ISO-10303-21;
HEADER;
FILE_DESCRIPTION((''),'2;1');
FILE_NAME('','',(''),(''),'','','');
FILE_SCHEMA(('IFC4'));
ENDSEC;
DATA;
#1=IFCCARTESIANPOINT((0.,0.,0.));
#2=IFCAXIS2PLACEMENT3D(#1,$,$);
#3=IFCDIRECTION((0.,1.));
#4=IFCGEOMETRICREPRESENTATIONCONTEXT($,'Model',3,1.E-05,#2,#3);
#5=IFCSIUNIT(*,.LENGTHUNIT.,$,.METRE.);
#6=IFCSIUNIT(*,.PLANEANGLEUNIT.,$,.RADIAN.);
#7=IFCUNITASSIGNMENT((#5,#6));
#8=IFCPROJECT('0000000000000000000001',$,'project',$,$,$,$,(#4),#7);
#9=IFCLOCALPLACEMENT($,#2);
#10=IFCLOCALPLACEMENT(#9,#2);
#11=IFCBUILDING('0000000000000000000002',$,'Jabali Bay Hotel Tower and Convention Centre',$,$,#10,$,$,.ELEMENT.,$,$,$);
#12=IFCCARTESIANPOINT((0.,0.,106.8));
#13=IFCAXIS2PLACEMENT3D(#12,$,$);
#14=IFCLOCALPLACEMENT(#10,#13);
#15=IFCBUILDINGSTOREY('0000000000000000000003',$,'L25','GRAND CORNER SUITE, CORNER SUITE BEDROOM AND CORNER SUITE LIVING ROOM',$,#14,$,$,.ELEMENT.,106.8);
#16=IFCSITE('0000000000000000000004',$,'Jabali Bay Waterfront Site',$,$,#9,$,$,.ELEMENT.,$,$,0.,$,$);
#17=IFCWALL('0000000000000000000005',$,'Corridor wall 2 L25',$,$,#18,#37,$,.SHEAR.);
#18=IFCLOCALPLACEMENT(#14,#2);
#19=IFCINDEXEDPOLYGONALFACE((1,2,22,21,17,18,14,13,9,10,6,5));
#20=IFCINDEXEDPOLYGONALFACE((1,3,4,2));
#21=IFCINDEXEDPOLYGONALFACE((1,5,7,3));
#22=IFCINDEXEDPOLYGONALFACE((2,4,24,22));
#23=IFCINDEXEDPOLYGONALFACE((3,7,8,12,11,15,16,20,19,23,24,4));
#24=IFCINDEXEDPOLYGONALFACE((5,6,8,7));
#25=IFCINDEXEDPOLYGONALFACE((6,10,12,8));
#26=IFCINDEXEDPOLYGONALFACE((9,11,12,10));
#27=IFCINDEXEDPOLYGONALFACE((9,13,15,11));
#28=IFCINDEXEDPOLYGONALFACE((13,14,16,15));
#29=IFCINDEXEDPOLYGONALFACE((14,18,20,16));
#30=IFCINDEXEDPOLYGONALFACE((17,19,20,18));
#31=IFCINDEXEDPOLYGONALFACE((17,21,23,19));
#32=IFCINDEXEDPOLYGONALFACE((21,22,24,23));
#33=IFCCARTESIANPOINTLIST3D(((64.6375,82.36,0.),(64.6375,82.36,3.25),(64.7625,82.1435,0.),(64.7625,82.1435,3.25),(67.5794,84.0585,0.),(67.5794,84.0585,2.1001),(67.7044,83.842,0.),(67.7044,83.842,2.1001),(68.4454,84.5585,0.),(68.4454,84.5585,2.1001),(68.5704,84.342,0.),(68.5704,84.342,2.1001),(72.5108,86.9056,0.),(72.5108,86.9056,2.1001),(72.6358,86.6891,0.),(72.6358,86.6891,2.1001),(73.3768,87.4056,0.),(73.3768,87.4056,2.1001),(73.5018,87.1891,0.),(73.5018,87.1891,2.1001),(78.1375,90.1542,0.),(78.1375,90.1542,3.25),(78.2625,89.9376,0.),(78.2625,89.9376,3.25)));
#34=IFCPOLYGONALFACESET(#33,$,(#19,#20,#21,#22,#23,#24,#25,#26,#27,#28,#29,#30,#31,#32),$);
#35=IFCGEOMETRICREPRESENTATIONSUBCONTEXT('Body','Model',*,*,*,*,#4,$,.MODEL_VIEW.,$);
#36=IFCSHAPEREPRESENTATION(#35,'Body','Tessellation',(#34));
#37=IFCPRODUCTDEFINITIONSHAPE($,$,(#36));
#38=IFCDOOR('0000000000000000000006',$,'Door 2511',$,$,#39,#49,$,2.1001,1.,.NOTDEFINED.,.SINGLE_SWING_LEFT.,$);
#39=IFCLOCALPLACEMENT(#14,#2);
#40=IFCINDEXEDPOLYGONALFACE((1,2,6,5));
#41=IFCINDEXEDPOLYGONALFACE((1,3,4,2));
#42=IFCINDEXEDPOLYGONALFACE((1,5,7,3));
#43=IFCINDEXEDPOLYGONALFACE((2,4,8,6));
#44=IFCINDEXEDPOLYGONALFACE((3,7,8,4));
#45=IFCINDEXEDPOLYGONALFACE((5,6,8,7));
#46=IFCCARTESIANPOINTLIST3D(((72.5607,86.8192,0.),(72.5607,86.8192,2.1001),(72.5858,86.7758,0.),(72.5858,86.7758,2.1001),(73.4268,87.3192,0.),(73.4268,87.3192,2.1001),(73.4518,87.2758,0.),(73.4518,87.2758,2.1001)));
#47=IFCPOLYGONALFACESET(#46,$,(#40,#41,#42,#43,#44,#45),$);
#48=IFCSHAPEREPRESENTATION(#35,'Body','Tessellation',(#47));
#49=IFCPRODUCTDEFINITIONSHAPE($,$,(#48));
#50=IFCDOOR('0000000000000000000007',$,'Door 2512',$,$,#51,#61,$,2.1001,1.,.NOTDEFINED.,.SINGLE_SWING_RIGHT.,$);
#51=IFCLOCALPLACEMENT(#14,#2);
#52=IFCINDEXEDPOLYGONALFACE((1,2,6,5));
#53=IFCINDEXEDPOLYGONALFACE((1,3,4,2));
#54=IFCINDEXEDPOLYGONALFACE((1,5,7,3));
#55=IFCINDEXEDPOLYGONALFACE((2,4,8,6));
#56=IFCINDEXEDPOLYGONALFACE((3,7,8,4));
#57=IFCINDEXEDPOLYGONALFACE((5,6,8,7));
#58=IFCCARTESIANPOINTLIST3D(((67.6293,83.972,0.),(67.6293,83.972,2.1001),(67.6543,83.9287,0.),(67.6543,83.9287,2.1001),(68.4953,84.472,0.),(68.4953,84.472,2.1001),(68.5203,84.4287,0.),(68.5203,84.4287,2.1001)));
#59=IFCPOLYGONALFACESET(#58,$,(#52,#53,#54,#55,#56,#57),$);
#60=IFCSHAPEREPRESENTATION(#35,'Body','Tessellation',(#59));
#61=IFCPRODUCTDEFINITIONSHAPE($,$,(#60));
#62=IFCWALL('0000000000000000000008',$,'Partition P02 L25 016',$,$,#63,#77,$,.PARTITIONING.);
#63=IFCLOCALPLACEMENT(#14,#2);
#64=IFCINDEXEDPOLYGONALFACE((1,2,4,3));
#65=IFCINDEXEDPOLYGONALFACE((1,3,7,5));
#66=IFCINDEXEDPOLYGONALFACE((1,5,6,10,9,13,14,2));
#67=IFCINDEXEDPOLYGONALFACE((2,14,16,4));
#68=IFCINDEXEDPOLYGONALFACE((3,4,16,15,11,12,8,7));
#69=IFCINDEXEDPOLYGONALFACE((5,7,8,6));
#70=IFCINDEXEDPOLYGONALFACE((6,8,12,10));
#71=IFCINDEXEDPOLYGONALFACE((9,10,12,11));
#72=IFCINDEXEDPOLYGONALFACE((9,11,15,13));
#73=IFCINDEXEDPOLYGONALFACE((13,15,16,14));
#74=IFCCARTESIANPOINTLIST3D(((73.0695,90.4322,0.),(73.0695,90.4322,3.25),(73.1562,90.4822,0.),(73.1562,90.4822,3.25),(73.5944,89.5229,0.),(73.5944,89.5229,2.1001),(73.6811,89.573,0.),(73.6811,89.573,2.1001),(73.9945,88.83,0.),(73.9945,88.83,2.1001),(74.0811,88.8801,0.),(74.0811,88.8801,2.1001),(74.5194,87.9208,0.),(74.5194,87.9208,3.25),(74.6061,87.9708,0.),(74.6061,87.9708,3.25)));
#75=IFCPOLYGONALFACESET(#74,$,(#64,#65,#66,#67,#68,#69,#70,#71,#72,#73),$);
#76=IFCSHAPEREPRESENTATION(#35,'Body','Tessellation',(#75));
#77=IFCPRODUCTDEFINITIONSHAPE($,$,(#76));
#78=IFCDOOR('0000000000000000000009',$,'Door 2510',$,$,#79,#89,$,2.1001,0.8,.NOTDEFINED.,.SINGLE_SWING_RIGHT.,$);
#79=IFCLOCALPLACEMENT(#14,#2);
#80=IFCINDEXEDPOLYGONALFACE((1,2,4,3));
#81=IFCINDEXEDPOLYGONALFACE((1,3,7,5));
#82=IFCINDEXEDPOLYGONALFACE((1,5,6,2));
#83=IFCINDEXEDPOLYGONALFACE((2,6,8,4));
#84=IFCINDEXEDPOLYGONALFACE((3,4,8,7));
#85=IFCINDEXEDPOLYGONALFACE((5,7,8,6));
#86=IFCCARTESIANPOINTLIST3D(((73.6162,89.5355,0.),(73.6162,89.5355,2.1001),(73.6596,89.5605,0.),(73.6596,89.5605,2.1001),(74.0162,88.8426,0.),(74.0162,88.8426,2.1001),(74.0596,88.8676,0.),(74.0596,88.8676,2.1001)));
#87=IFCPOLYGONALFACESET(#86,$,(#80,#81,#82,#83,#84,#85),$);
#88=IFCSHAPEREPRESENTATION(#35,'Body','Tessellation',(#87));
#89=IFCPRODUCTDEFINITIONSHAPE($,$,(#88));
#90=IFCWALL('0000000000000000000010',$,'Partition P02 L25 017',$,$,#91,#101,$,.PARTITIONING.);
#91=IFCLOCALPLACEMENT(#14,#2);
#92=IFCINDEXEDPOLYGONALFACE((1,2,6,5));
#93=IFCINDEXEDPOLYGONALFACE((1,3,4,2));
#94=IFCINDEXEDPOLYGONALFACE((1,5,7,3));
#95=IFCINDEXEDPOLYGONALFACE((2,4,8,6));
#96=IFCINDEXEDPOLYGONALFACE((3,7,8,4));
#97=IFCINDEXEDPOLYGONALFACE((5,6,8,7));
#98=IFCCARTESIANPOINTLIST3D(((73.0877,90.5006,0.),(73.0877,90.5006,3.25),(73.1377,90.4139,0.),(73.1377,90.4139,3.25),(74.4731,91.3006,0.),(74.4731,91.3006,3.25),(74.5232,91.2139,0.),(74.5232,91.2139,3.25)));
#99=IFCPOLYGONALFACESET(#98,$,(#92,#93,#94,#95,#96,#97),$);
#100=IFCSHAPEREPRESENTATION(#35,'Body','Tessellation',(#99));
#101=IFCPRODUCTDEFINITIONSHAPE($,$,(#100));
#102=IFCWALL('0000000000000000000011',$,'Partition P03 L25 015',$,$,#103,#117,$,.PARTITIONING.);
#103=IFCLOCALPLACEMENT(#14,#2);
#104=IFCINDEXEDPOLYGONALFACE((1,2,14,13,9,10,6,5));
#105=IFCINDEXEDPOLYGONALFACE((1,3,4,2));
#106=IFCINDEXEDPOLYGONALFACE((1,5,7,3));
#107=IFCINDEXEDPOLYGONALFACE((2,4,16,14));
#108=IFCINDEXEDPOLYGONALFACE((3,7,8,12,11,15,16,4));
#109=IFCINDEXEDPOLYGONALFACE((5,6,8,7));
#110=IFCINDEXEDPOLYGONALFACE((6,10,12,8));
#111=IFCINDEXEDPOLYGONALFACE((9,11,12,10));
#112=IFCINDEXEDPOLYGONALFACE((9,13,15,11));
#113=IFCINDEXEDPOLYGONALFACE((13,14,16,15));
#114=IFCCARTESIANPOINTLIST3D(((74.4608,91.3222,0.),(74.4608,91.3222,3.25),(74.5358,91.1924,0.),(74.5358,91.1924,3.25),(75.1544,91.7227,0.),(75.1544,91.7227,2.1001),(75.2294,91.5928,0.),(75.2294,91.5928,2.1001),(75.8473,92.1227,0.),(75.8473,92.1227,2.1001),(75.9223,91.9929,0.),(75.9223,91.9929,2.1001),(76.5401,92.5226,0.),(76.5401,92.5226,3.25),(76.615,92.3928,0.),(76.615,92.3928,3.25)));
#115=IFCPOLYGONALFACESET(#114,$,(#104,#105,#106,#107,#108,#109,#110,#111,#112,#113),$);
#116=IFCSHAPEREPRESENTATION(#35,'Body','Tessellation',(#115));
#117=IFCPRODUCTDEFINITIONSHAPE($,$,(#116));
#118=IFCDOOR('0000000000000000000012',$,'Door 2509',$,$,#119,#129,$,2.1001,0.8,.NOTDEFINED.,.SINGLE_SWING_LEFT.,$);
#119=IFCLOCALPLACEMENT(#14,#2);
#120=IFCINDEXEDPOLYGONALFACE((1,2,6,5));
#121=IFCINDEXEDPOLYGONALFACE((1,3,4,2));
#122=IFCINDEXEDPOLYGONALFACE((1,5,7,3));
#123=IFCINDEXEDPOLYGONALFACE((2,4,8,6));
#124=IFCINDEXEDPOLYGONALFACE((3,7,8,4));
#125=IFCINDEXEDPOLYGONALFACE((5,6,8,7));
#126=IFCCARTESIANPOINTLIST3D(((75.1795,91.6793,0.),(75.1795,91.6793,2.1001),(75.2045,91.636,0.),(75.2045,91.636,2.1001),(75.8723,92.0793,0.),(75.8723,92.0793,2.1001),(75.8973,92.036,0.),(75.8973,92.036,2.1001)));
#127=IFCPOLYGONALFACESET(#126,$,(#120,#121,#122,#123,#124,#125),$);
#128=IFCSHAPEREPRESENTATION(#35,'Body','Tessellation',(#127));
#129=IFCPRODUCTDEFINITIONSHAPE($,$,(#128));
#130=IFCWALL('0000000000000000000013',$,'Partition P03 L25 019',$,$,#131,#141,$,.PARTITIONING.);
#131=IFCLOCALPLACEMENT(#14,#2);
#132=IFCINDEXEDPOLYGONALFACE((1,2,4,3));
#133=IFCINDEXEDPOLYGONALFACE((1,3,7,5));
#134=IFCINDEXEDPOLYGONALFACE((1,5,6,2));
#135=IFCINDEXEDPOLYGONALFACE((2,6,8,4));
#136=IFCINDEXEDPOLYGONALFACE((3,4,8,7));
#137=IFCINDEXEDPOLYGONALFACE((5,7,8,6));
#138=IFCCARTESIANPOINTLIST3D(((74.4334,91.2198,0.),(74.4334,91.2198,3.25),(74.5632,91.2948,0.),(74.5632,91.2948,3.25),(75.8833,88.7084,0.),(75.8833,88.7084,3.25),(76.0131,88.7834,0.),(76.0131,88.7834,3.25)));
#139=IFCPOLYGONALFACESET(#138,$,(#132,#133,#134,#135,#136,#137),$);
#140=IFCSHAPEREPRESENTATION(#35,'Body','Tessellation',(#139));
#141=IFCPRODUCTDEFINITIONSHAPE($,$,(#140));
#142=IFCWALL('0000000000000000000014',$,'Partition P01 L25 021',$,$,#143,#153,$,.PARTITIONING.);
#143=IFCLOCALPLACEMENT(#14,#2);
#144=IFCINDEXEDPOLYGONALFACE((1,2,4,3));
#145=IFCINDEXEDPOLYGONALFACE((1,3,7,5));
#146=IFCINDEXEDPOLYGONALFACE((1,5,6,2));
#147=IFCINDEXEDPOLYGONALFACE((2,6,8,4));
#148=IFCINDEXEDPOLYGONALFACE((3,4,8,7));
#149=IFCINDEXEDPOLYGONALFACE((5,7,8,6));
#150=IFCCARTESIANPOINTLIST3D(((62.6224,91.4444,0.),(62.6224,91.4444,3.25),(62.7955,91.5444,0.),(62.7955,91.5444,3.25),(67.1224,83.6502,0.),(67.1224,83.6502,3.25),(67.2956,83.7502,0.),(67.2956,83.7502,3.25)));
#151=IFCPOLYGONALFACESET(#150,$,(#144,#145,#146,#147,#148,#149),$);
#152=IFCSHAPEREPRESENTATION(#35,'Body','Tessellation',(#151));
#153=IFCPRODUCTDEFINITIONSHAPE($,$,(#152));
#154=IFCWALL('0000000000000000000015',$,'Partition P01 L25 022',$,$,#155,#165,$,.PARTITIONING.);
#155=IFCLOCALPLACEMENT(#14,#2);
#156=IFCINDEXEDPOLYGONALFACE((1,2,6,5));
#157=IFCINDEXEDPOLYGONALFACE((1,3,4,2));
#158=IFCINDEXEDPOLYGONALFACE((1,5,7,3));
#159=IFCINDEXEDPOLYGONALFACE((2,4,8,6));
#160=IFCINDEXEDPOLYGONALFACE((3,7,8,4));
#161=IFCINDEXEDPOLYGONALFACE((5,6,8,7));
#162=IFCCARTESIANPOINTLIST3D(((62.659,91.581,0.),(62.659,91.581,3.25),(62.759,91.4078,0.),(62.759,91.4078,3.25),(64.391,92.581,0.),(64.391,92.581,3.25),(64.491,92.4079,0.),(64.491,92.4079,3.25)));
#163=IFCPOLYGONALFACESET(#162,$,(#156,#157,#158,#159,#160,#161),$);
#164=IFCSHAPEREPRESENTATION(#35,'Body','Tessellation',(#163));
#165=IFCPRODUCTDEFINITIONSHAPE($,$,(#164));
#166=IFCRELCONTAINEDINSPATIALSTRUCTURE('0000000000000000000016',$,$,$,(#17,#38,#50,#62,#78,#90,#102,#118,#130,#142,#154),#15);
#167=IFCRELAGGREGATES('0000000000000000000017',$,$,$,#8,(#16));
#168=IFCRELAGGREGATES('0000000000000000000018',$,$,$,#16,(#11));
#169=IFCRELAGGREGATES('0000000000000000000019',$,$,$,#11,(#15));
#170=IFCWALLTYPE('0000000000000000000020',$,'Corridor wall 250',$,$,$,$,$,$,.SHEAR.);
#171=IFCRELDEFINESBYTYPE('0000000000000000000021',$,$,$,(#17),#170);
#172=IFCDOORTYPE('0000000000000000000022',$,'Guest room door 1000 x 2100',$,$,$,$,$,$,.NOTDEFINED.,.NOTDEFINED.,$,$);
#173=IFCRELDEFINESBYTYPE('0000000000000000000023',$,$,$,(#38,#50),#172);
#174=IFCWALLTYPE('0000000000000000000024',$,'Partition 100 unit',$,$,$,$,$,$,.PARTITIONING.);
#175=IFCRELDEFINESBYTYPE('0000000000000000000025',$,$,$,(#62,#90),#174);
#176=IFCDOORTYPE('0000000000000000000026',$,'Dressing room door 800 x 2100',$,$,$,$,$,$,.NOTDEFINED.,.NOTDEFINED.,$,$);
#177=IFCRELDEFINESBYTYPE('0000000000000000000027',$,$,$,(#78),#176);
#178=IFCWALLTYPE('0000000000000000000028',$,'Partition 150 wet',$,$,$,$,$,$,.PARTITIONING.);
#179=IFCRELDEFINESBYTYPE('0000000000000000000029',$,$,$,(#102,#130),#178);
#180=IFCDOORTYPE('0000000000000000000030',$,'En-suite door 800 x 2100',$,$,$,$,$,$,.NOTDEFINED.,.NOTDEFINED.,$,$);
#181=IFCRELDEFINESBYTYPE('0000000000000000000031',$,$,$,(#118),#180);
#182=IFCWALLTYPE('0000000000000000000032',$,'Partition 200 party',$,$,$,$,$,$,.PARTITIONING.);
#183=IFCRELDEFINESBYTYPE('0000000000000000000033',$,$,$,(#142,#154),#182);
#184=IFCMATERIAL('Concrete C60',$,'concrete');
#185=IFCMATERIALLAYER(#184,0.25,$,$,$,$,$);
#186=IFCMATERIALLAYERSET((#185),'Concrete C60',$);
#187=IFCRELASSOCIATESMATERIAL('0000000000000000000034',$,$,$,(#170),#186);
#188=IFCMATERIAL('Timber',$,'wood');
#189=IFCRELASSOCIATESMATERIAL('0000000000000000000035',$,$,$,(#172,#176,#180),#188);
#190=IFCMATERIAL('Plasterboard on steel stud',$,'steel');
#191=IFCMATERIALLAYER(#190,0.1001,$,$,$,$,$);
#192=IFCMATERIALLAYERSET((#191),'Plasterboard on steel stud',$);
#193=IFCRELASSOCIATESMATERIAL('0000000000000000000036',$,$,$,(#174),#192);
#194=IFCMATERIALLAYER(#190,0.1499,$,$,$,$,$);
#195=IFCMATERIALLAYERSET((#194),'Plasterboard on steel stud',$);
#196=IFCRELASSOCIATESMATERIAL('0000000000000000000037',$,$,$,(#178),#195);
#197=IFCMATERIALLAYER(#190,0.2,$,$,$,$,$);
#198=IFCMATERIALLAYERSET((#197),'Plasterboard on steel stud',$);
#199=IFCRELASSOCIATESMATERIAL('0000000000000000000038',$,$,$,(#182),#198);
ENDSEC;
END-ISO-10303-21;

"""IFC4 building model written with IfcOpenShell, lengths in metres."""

from ifc_helpers import new_model, si_unit, direction, frame, frame_2d, origin, place, context, subcontext, project, spatial, rectangle, extrude, material, layer, layer_set, type_object, element, fill, save


model = new_model("IFC4")

# Units and contexts
model_context = context("Model", 3, precision=1e-05, world=origin(), true_north=direction((0.0, 1.0)))
body_context = subcontext(model_context, "Body", "Model", "MODEL_VIEW")
ifc_project = project(units=[si_unit("LENGTHUNIT", "METRE"), si_unit("PLANEANGLEUNIT", "RADIAN")], contexts=[model_context])

# Site, building, storey
site_placement = place(None, origin())
site = spatial("IfcSite", under=ifc_project, at=site_placement, Name="Jabali Bay Waterfront Site", CompositionType="ELEMENT", RefElevation=0.0)
building_placement = place(site_placement, origin())
building = spatial("IfcBuilding", under=site, at=building_placement, Name="Jabali Bay Hotel Tower and Convention Centre", CompositionType="ELEMENT")
storey_placement = place(building_placement, frame((0.0, 0.0, 106.8)))
storey = spatial("IfcBuildingStorey", under=building, at=storey_placement, Name="L25", Description="GRAND CORNER SUITE, CORNER SUITE BEDROOM AND CORNER SUITE LIVING ROOM", CompositionType="ELEMENT", Elevation=106.8)

# Shared definitions
ifc_material_1 = material(Name="Concrete C60", Category="concrete")

# Wall, openings, doors
ifc_layer_1 = layer(ifc_material_1, 0.25)
ifc_layer_set_1 = layer_set([ifc_layer_1], Name="Concrete C60")
wall_type_1 = type_object("IfcWallType", Name="Corridor wall 250", PredefinedType="SHEAR", material=ifc_layer_set_1)
wall_1_placement = place(storey_placement, frame((78.2, 90.0459, 0.0), z_axis=(0.0, 0.0, 1.0), x_axis=(-0.866026, -0.499998, 0.0)))
wall_1 = element("IfcWall", 1, at=wall_1_placement, inside=storey, type_object=wall_type_1, Name="Corridor wall 2 L25", PredefinedType="SHEAR", context=body_context, shape_type="SweptSolid", body=[
    extrude(rectangle(XDim=15.5884, YDim=0.25, at=frame_2d((7.7942, 0.0))), origin(), (0.0, 0.0, 1.0), 3.25),
])
opening_1_placement = place(wall_1_placement, frame((5.4971, 0.0, 0.0)))
opening_1 = element("IfcOpeningElement", 2, at=opening_1_placement, cuts=wall_1, PredefinedType="OPENING", context=body_context, shape_type="SweptSolid", body=[
    extrude(rectangle(XDim=1.0, YDim=2.1001, at=frame_2d((0.5, 1.05))), frame((0.0, 0.1355, 0.0), z_axis=(0.0, -1.0, 0.0), x_axis=(1.0, 0.0, 0.0)), (0.0, 0.0, 1.0), 0.271),
])
opening_2_placement = place(wall_1_placement, frame((11.1914, 0.0, 0.0)))
opening_2 = element("IfcOpeningElement", 3, at=opening_2_placement, cuts=wall_1, PredefinedType="OPENING", context=body_context, shape_type="SweptSolid", body=[
    extrude(rectangle(XDim=1.0, YDim=2.1001, at=frame_2d((0.5, 1.05))), frame((0.0, 0.1355, 0.0), z_axis=(0.0, -1.0, 0.0), x_axis=(1.0, 0.0, 0.0)), (0.0, 0.0, 1.0), 0.271),
])
ifc_material_2 = material(Name="Timber", Category="wood")
door_type_1 = type_object("IfcDoorType", Name="Guest room door 1000 x 2100", OperationType="NOTDEFINED", PredefinedType="NOTDEFINED", material=ifc_material_2)
door_1_placement = place(opening_1_placement, origin())
door_1 = element("IfcDoor", 4, at=door_1_placement, inside=storey, type_object=door_type_1, Name="Door 2511", OperationType="SINGLE_SWING_LEFT", OverallHeight=2.1001, OverallWidth=1.0, PredefinedType="NOTDEFINED", context=body_context, shape_type="SweptSolid", body=[
    extrude(rectangle(XDim=1.0, YDim=2.1001, at=frame_2d((0.5, 1.05))), frame((0.0, 0.0249, 0.0), z_axis=(0.0, -1.0, 0.0), x_axis=(1.0, 0.0, 0.0)), (0.0, 0.0, 1.0), 0.05),
])
fill(opening_1, door_1)
door_2_placement = place(opening_2_placement, origin())
door_2 = element("IfcDoor", 5, at=door_2_placement, inside=storey, type_object=door_type_1, Name="Door 2512", OperationType="SINGLE_SWING_RIGHT", OverallHeight=2.1001, OverallWidth=1.0, PredefinedType="NOTDEFINED", context=body_context, shape_type="SweptSolid", body=[
    extrude(rectangle(XDim=1.0, YDim=2.1001, at=frame_2d((0.5, 1.05))), frame((0.0, 0.0249, 0.0), z_axis=(0.0, -1.0, 0.0), x_axis=(1.0, 0.0, 0.0)), (0.0, 0.0, 1.0), 0.05),
])
fill(opening_2, door_2)

# Wall, opening, door
ifc_material_3 = material(Name="Plasterboard on steel stud", Category="steel")
ifc_layer_2 = layer(ifc_material_3, 0.1001)
ifc_layer_set_2 = layer_set([ifc_layer_2], Name="Plasterboard on steel stud")
wall_type_2 = type_object("IfcWallType", Name="Partition 100 unit", PredefinedType="PARTITIONING", material=ifc_layer_set_2)
wall_2_placement = place(storey_placement, frame((74.5627, 87.9458, 0.0), z_axis=(0.0, 0.0, 1.0), x_axis=(-0.499987, 0.866033, 0.0)))
wall_2 = element("IfcWall", 6, at=wall_2_placement, inside=storey, type_object=wall_type_2, Name="Partition P02 L25 016", PredefinedType="PARTITIONING", context=body_context, shape_type="SweptSolid", body=[
    extrude(rectangle(XDim=2.8999, YDim=0.1001, at=frame_2d((1.45, 0.0))), origin(), (0.0, 0.0, 1.0), 3.25),
])
opening_3_placement = place(wall_2_placement, frame((1.05, 0.0, 0.0)))
opening_3 = element("IfcOpeningElement", 7, at=opening_3_placement, cuts=wall_2, PredefinedType="OPENING", context=body_context, shape_type="SweptSolid", body=[
    extrude(rectangle(XDim=0.8, YDim=2.1001, at=frame_2d((0.3999, 1.05))), frame((0.0, 0.0605, 0.0), z_axis=(0.0, -1.0, 0.0), x_axis=(1.0, 0.0, 0.0)), (0.0, 0.0, 1.0), 0.1211),
])
door_type_2 = type_object("IfcDoorType", Name="Dressing room door 800 x 2100", OperationType="NOTDEFINED", PredefinedType="NOTDEFINED", material=ifc_material_2)
door_3_placement = place(opening_3_placement, origin())
door_3 = element("IfcDoor", 8, at=door_3_placement, inside=storey, type_object=door_type_2, Name="Door 2510", OperationType="SINGLE_SWING_RIGHT", OverallHeight=2.1001, OverallWidth=0.8, PredefinedType="NOTDEFINED", context=body_context, shape_type="SweptSolid", body=[
    extrude(rectangle(XDim=0.8, YDim=2.1001, at=frame_2d((0.3999, 1.05))), frame((0.0, 0.0249, 0.0), z_axis=(0.0, -1.0, 0.0), x_axis=(1.0, 0.0, 0.0)), (0.0, 0.0, 1.0), 0.05),
])
fill(opening_3, door_3)

# Wall
wall_3_placement = place(storey_placement, frame((73.1128, 90.4573, 0.0), z_axis=(0.0, 0.0, 1.0), x_axis=(0.86599, 0.500061, 0.0)))
element("IfcWall", 9, at=wall_3_placement, inside=storey, type_object=wall_type_2, Name="Partition P02 L25 017", PredefinedType="PARTITIONING", context=body_context, shape_type="SweptSolid", body=[
    extrude(rectangle(XDim=1.5999, YDim=0.1001, at=frame_2d((0.7998, 0.0))), origin(), (0.0, 0.0, 1.0), 3.25),
])

# Wall, opening, door
ifc_layer_3 = layer(ifc_material_3, 0.1499)
ifc_layer_set_3 = layer_set([ifc_layer_3], Name="Plasterboard on steel stud")
wall_type_3 = type_object("IfcWallType", Name="Partition 150 wet", PredefinedType="PARTITIONING", material=ifc_layer_set_3)
wall_4_placement = place(storey_placement, frame((74.4983, 91.2573, 0.0), z_axis=(0.0, 0.0, 1.0), x_axis=(0.866038, 0.499978, 0.0)))
wall_4 = element("IfcWall", 10, at=wall_4_placement, inside=storey, type_object=wall_type_3, Name="Partition P03 L25 015", PredefinedType="PARTITIONING", context=body_context, shape_type="SweptSolid", body=[
    extrude(rectangle(XDim=2.4009, YDim=0.1499, at=frame_2d((1.2004, 0.0))), origin(), (0.0, 0.0, 1.0), 3.25),
])
opening_4_placement = place(wall_4_placement, frame((0.801, 0.0, 0.0)))
opening_4 = element("IfcOpeningElement", 11, at=opening_4_placement, cuts=wall_4, PredefinedType="OPENING", context=body_context, shape_type="SweptSolid", body=[
    extrude(rectangle(XDim=0.8, YDim=2.1001, at=frame_2d((0.3999, 1.05))), frame((0.0, 0.0854, 0.0), z_axis=(0.0, -1.0, 0.0), x_axis=(1.0, 0.0, 0.0)), (0.0, 0.0, 1.0), 0.1709),
])
door_type_3 = type_object("IfcDoorType", Name="En-suite door 800 x 2100", OperationType="NOTDEFINED", PredefinedType="NOTDEFINED", material=ifc_material_2)
door_4_placement = place(opening_4_placement, origin())
door_4 = element("IfcDoor", 12, at=door_4_placement, inside=storey, type_object=door_type_3, Name="Door 2509", OperationType="SINGLE_SWING_LEFT", OverallHeight=2.1001, OverallWidth=0.8, PredefinedType="NOTDEFINED", context=body_context, shape_type="SweptSolid", body=[
    extrude(rectangle(XDim=0.8, YDim=2.1001, at=frame_2d((0.3999, 1.05))), frame((0.0, 0.0249, 0.0), z_axis=(0.0, -1.0, 0.0), x_axis=(1.0, 0.0, 0.0)), (0.0, 0.0, 1.0), 0.05),
])
fill(opening_4, door_4)

# Walls
wall_5_placement = place(storey_placement, frame((74.4983, 91.2573, 0.0), z_axis=(0.0, 0.0, 1.0), x_axis=(0.499987, -0.866033, 0.0)))
element("IfcWall", 13, at=wall_5_placement, inside=storey, type_object=wall_type_3, Name="Partition P03 L25 019", PredefinedType="PARTITIONING", context=body_context, shape_type="SweptSolid", body=[
    extrude(rectangle(XDim=2.8999, YDim=0.1499, at=frame_2d((1.45, 0.0))), origin(), (0.0, 0.0, 1.0), 3.25),
])
ifc_layer_4 = layer(ifc_material_3, 0.2)
ifc_layer_set_4 = layer_set([ifc_layer_4], Name="Plasterboard on steel stud")
wall_type_4 = type_object("IfcWallType", Name="Partition 200 party", PredefinedType="PARTITIONING", material=ifc_layer_set_4)
wall_6_placement = place(storey_placement, frame((67.209, 83.7002, 0.0), z_axis=(0.0, 0.0, 1.0), x_axis=(-0.500002, 0.866024, 0.0)))
element("IfcWall", 14, at=wall_6_placement, inside=storey, type_object=wall_type_4, Name="Partition P01 L25 021", PredefinedType="PARTITIONING", context=body_context, shape_type="SweptSolid", body=[
    extrude(rectangle(XDim=9.0, YDim=0.2, at=frame_2d((4.5, 0.0))), origin(), (0.0, 0.0, 1.0), 3.25),
])
wall_7_placement = place(storey_placement, frame((62.709, 91.4944, 0.0), z_axis=(0.0, 0.0, 1.0), x_axis=(0.866011, 0.500025, 0.0)))
element("IfcWall", 15, at=wall_7_placement, inside=storey, type_object=wall_type_4, Name="Partition P01 L25 022", PredefinedType="PARTITIONING", context=body_context, shape_type="SweptSolid", body=[
    extrude(rectangle(XDim=2.0, YDim=0.2, at=frame_2d((1.0, 0.0))), origin(), (0.0, 0.0, 1.0), 3.25),
])

save(model, "model.ifc")
